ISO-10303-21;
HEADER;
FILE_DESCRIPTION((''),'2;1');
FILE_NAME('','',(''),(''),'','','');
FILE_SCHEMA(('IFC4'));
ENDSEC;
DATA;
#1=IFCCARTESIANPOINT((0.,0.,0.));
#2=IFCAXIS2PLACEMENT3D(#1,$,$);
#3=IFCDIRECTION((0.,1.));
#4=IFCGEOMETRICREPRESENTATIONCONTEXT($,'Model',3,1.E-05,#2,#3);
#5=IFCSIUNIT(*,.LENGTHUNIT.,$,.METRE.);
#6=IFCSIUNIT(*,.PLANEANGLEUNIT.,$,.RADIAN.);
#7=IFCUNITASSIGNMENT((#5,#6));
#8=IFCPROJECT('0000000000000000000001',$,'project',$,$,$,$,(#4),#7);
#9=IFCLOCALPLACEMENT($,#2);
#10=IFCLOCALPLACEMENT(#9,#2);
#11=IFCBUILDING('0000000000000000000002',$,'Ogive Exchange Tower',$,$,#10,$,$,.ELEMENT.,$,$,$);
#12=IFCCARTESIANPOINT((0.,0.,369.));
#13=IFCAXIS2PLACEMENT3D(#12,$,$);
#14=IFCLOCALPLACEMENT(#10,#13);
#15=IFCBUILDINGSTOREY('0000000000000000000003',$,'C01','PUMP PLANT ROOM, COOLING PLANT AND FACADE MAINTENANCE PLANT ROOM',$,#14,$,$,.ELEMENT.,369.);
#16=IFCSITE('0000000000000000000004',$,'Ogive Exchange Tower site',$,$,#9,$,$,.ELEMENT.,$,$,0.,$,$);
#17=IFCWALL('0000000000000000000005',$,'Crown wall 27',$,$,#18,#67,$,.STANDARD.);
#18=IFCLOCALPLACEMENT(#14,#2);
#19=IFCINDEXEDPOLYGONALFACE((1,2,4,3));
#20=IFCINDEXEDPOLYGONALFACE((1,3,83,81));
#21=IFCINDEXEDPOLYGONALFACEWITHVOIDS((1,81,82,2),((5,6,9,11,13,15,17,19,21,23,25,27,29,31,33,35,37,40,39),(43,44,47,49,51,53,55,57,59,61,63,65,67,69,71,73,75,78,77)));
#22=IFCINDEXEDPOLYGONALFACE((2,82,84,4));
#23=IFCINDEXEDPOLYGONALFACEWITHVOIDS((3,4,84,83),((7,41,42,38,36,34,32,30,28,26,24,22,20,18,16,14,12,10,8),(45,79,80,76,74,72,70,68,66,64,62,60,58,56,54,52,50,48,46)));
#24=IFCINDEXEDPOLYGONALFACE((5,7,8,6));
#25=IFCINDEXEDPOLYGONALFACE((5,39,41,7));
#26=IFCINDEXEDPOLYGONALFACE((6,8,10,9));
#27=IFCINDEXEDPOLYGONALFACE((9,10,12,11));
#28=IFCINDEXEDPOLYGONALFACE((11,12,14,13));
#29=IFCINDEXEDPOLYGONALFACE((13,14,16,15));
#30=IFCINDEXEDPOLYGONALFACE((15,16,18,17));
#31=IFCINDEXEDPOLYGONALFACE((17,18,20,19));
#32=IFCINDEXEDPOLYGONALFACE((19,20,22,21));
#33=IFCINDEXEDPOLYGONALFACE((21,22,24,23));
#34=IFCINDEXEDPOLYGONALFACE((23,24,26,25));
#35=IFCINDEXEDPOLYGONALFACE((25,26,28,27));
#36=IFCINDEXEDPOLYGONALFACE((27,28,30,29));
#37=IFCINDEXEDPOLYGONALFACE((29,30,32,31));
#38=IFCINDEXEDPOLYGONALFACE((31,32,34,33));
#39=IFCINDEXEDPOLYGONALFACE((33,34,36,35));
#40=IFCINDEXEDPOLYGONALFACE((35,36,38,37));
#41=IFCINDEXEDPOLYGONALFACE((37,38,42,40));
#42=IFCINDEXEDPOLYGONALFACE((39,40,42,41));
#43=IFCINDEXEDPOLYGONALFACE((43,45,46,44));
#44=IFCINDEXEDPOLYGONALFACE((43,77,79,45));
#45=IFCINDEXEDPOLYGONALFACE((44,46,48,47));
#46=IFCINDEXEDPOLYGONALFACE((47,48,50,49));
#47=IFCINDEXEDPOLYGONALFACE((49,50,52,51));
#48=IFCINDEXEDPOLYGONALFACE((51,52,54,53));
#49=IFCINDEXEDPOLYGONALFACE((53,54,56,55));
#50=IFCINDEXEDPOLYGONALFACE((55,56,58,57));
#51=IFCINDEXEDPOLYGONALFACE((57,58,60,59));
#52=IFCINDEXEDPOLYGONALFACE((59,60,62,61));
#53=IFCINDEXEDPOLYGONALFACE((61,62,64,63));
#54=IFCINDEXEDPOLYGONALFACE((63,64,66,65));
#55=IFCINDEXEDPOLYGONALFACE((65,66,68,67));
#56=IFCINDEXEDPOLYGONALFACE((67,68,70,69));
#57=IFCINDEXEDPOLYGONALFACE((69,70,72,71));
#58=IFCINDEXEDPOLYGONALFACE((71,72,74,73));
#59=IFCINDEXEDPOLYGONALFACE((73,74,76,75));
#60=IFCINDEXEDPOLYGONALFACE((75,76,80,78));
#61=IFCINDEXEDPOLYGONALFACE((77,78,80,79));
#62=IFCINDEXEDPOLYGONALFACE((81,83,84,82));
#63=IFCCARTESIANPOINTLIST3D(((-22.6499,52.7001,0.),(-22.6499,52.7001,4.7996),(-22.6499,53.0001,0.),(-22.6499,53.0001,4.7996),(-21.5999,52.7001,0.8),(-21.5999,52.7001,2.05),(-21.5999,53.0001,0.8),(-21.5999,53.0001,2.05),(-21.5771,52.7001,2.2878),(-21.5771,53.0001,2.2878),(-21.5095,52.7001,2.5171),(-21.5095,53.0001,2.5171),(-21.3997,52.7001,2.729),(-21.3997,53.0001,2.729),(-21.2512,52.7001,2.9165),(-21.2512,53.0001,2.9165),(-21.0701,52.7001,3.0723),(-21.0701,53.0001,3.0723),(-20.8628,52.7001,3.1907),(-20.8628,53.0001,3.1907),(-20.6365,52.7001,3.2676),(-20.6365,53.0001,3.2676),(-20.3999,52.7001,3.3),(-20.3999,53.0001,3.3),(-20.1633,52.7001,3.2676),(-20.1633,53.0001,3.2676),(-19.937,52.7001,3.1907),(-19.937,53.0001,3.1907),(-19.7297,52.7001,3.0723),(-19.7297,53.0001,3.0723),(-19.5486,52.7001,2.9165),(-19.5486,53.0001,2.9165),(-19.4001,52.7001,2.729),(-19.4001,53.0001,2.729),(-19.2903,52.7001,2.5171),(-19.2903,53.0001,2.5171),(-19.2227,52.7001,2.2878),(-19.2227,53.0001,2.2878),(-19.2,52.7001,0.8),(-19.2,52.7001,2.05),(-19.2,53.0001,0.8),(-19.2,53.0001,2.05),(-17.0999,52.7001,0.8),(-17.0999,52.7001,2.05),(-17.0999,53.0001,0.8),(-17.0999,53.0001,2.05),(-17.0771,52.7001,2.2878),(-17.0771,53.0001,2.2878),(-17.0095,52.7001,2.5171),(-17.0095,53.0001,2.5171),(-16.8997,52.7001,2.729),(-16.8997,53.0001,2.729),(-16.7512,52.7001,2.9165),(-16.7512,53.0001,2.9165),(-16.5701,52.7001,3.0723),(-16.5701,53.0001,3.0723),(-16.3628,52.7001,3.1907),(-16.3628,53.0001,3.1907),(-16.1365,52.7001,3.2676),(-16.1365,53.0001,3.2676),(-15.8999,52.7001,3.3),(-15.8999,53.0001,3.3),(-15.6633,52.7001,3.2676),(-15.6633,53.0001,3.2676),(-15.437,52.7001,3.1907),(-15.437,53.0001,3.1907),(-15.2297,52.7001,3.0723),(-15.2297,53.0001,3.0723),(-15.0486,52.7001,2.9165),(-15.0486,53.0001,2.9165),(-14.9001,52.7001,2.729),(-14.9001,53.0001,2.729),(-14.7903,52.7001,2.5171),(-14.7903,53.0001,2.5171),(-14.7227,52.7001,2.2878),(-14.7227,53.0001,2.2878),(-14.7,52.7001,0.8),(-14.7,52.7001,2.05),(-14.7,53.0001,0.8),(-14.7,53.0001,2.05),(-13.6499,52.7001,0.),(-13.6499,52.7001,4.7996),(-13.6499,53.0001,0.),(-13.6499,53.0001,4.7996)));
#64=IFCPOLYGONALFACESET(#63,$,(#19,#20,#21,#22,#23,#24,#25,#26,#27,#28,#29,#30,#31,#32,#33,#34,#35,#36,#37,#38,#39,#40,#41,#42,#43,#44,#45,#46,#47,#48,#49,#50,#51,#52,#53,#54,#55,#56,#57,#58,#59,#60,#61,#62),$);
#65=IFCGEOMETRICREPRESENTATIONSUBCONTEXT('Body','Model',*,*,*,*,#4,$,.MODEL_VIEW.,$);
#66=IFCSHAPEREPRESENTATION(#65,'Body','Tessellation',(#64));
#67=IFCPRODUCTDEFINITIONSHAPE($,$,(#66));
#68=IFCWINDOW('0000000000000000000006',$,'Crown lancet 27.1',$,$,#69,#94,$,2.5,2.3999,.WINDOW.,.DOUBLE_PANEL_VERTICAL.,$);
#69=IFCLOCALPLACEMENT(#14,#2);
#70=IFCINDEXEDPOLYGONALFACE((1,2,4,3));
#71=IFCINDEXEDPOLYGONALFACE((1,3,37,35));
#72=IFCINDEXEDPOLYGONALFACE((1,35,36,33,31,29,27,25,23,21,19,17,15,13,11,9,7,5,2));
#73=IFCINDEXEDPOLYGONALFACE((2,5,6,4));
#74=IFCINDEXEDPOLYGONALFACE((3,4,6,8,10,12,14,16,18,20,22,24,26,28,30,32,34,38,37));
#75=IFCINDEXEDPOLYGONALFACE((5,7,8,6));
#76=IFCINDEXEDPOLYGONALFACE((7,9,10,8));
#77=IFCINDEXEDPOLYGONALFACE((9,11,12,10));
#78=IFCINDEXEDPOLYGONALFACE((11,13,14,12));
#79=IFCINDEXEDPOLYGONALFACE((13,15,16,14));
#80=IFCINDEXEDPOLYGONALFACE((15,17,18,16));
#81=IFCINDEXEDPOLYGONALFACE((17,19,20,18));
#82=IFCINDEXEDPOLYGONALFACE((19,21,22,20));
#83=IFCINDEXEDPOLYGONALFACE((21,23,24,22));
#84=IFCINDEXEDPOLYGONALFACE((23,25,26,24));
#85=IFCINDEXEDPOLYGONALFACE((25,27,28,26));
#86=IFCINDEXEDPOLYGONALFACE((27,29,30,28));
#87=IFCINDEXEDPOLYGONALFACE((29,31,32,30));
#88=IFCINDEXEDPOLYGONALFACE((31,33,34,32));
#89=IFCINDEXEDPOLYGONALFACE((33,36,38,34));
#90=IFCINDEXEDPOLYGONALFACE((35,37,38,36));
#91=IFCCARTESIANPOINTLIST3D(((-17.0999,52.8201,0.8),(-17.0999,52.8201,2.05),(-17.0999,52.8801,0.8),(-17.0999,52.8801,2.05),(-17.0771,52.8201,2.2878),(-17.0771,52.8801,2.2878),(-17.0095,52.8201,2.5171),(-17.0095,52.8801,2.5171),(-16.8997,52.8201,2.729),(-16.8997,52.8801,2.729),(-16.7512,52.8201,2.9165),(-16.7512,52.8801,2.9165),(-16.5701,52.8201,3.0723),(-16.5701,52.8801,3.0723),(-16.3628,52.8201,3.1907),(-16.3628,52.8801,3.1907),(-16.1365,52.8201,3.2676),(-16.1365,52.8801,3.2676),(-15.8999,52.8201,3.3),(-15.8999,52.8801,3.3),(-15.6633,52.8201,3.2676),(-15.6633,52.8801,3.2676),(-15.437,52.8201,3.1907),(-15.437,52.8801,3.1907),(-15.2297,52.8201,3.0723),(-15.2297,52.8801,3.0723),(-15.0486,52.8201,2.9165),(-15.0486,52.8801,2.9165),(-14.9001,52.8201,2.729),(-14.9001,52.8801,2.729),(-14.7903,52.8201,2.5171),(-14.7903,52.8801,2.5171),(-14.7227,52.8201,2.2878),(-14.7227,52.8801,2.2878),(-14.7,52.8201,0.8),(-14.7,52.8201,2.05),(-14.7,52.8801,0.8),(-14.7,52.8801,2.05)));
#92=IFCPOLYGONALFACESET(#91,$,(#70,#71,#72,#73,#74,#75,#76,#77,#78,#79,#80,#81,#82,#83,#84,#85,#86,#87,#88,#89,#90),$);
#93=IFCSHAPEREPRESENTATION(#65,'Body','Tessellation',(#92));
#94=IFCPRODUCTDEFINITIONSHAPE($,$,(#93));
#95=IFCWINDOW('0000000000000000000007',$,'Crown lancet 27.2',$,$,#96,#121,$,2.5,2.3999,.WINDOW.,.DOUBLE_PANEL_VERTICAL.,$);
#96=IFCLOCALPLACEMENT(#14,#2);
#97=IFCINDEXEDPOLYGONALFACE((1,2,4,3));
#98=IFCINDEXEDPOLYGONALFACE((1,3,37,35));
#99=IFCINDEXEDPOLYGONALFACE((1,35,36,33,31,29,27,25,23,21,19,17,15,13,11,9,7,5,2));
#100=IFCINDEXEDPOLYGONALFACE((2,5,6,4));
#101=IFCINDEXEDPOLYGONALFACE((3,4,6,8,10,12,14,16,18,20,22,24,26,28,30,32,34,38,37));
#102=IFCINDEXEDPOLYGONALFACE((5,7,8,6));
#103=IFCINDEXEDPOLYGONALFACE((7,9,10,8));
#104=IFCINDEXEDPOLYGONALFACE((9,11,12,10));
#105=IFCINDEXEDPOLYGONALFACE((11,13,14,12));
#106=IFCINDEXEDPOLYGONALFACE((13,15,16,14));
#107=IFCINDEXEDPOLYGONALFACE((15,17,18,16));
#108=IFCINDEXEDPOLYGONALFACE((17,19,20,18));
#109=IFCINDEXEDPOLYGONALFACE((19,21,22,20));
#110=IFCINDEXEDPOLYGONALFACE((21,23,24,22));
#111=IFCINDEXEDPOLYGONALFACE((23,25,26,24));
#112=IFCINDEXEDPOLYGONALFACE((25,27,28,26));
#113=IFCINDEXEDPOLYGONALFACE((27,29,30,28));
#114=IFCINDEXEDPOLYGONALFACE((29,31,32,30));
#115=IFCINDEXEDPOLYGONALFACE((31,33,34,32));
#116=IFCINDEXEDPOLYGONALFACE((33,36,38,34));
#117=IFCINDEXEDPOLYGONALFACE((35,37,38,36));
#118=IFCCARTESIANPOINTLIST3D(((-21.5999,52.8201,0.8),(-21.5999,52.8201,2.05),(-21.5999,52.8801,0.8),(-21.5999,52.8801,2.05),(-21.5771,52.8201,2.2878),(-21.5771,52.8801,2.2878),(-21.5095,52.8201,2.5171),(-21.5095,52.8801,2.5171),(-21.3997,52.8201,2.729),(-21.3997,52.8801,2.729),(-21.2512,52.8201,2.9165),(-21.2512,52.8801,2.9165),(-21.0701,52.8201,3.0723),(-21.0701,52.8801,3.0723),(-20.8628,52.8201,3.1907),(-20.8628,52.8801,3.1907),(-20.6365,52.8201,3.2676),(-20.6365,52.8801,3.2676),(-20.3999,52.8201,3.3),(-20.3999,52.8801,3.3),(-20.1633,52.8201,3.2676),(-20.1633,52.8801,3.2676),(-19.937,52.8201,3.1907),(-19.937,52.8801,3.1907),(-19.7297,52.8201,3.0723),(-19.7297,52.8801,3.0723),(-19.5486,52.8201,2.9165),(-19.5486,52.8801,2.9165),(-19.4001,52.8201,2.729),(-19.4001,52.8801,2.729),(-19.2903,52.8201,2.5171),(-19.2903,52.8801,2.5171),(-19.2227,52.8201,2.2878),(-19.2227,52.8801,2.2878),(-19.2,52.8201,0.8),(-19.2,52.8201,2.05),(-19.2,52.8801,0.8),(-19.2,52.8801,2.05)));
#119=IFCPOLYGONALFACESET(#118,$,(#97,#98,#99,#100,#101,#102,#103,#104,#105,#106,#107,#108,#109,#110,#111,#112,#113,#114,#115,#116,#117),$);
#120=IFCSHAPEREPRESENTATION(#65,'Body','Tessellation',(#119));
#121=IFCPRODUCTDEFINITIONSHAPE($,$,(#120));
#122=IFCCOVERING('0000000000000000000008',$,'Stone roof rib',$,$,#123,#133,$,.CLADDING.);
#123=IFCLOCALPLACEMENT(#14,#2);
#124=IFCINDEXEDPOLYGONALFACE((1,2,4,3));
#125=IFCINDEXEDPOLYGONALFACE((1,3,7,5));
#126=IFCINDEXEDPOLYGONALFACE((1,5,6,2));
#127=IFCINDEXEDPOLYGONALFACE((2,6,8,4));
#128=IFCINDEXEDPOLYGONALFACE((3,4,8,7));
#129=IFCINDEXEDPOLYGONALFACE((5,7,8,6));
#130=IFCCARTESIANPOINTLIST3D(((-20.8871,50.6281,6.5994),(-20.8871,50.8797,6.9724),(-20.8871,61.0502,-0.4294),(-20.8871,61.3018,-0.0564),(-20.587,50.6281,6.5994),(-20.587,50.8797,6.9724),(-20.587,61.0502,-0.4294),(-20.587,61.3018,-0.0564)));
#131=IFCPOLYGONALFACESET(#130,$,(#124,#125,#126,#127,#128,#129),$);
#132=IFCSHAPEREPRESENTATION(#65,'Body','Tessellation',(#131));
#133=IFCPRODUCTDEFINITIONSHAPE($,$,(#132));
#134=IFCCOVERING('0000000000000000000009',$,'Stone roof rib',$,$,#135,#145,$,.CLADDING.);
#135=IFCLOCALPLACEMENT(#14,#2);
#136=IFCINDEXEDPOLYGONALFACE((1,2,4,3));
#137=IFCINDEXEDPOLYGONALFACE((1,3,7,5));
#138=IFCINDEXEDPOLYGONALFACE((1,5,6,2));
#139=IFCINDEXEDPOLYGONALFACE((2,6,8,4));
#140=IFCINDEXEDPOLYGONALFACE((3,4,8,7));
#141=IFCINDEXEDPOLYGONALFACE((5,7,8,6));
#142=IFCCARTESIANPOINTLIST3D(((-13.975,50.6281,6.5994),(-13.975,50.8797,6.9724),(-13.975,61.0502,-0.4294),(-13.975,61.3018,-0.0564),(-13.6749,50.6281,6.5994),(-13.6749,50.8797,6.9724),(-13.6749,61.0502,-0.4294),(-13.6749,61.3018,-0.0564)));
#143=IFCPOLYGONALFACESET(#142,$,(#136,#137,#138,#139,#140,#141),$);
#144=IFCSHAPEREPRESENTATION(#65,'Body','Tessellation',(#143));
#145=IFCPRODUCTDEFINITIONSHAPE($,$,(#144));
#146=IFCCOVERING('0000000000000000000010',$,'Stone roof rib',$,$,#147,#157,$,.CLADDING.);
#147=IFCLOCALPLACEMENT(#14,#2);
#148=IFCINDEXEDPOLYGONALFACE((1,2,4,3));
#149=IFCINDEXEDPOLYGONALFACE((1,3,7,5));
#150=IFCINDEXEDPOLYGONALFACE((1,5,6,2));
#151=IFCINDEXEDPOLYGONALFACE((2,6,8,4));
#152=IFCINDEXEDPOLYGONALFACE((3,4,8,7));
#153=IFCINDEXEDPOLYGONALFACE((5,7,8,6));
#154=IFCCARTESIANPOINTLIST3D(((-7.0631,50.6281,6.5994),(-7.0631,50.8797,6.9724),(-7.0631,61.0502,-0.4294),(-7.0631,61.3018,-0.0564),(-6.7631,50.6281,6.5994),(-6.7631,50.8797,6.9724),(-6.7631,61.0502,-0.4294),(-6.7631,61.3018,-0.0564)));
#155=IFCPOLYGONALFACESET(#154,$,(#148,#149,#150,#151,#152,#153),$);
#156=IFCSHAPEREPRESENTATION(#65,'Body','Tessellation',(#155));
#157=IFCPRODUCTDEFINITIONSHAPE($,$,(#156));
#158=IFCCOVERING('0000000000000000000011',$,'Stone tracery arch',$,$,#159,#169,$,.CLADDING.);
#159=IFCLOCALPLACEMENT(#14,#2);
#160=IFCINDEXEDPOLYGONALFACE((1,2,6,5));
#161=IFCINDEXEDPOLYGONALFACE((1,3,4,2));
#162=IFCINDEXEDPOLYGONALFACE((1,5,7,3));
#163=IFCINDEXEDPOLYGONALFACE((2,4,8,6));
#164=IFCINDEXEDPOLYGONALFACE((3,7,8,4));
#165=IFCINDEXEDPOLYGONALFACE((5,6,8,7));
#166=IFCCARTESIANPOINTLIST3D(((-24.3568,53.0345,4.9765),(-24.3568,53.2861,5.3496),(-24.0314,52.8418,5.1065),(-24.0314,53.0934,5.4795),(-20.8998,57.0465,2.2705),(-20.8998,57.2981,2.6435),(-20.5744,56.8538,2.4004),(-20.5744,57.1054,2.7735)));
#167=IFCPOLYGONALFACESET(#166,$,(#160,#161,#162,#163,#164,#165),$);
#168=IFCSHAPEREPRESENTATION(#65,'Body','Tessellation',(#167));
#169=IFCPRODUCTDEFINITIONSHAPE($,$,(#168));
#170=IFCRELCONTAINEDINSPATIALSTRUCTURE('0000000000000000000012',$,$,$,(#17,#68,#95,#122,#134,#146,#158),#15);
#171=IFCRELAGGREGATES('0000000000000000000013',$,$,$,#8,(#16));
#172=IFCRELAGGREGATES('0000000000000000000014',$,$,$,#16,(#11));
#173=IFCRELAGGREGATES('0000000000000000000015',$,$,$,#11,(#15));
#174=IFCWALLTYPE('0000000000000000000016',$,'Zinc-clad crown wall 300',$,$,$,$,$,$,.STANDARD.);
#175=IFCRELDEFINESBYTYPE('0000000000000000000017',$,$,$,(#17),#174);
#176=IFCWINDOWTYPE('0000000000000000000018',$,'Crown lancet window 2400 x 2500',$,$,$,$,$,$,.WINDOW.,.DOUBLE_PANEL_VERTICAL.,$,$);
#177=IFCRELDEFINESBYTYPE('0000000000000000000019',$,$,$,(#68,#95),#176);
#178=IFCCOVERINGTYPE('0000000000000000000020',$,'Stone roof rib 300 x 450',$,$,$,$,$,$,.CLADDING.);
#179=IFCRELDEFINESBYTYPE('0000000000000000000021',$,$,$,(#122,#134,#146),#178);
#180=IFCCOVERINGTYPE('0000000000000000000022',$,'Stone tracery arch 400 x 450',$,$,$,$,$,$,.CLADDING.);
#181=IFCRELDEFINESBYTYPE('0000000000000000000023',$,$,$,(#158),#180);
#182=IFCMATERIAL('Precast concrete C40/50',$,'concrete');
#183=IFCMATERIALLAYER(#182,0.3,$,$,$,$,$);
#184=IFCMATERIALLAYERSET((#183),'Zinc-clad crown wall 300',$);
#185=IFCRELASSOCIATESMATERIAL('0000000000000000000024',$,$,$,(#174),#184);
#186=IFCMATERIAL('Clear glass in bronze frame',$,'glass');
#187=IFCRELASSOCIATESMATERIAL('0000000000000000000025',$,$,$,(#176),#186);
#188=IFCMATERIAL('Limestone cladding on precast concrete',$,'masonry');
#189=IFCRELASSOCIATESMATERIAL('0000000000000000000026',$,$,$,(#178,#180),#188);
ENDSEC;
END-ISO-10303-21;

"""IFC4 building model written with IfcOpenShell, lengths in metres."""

from ifc_helpers import new_model, si_unit, direction, frame, frame_2d, origin, origin_2d, place, context, subcontext, project, spatial, polyline, rectangle, outline, extrude, material, layer, layer_set, material_profile, profile_set, type_object, element, fill, save


model = new_model("IFC4")

# Units and contexts
model_context = context("Model", 3, precision=1e-05, world=origin(), true_north=direction((0.0, 1.0)))
body_context = subcontext(model_context, "Body", "Model", "MODEL_VIEW")
ifc_project = project(units=[si_unit("LENGTHUNIT", "METRE"), si_unit("PLANEANGLEUNIT", "RADIAN")], contexts=[model_context])

# Site, building, storey
site_placement = place(None, origin())
site = spatial("IfcSite", under=ifc_project, at=site_placement, Name="Ogive Exchange Tower site", CompositionType="ELEMENT", RefElevation=0.0)
building_placement = place(site_placement, origin())
building = spatial("IfcBuilding", under=site, at=building_placement, Name="Ogive Exchange Tower", CompositionType="ELEMENT")
storey_placement = place(building_placement, frame((0.0, 0.0, 369.0)))
storey = spatial("IfcBuildingStorey", under=building, at=storey_placement, Name="C01", Description="PUMP PLANT ROOM, COOLING PLANT AND FACADE MAINTENANCE PLANT ROOM", CompositionType="ELEMENT", Elevation=369.0)

# Wall, openings, windows
ifc_material_1 = material(Name="Precast concrete C40/50", Category="concrete")
ifc_layer_1 = layer(ifc_material_1, 0.3)
ifc_layer_set_1 = layer_set([ifc_layer_1], Name="Zinc-clad crown wall 300")
wall_type_1 = type_object("IfcWallType", Name="Zinc-clad crown wall 300", PredefinedType="STANDARD", material=ifc_layer_set_1)
ifc_material_2 = material(Name="Clear glass in bronze frame", Category="glass")
window_type = type_object("IfcWindowType", Name="Crown lancet window 2400 x 2500", PartitioningType="DOUBLE_PANEL_VERTICAL", PredefinedType="WINDOW", material=ifc_material_2)
wall_1_placement = place(storey_placement, frame((-13.6499, 52.8501, 0.0), z_axis=(0.0, 0.0, 1.0), x_axis=(-1.0, 0.0, 0.0)))
wall_1 = element("IfcWall", 1, at=wall_1_placement, inside=storey, type_object=wall_type_1, Name="Crown wall 27", PredefinedType="STANDARD", context=body_context, shape_type="SweptSolid", body=[
    extrude(rectangle(XDim=9.0, YDim=0.3, at=frame_2d((4.5, 0.0))), origin(), (0.0, 0.0, 1.0), 4.7996),
])
opening_1_placement = place(wall_1_placement, frame((1.05, 0.0, 0.8)))
opening_1 = element("IfcOpeningElement", 2, at=opening_1_placement, cuts=wall_1, PredefinedType="OPENING", context=body_context, shape_type="SweptSolid", body=[
    extrude(outline(polyline([(0.0, 0.0), (2.3999, 0.0), (2.3999, 1.25), (2.3772, 1.4878), (2.3096, 1.717), (2.1997, 1.929), (2.0513, 2.1165), (1.8701, 2.2722), (1.6628, 2.3906), (1.4365, 2.4675), (1.2, 2.5), (0.9634, 2.4675), (0.7371, 2.3906), (0.5298, 2.2722), (0.3486, 2.1165), (0.2002, 1.929), (0.0903, 1.717), (0.0227, 1.4878), (0.0, 1.25), (0.0, 0.0)])), frame((0.0, 0.1599, 0.0), z_axis=(0.0, -1.0, 0.0), x_axis=(1.0, 0.0, 0.0)), (0.0, 0.0, 1.0), 0.3201),
])
opening_2_placement = place(wall_1_placement, frame((5.55, 0.0, 0.8)))
opening_2 = element("IfcOpeningElement", 3, at=opening_2_placement, cuts=wall_1, PredefinedType="OPENING", context=body_context, shape_type="SweptSolid", body=[
    extrude(outline(polyline([(0.0, 0.0), (2.3999, 0.0), (2.3999, 1.25), (2.3772, 1.4878), (2.3096, 1.717), (2.1997, 1.929), (2.0513, 2.1165), (1.8701, 2.2722), (1.6628, 2.3906), (1.4365, 2.4675), (1.2, 2.5), (0.9634, 2.4675), (0.7371, 2.3906), (0.5298, 2.2722), (0.3486, 2.1165), (0.2002, 1.929), (0.0903, 1.717), (0.0227, 1.4878), (0.0, 1.25), (0.0, 0.0)])), frame((0.0, 0.1599, 0.0), z_axis=(0.0, -1.0, 0.0), x_axis=(1.0, 0.0, 0.0)), (0.0, 0.0, 1.0), 0.3201),
])
window_1_placement = place(opening_1_placement, origin())
window_1 = element("IfcWindow", 4, at=window_1_placement, inside=storey, type_object=window_type, Name="Crown lancet 27.1", OverallHeight=2.5, OverallWidth=2.3999, PartitioningType="DOUBLE_PANEL_VERTICAL", PredefinedType="WINDOW", context=body_context, shape_type="SweptSolid", body=[
    extrude(outline(polyline([(0.0, 0.0), (2.3999, 0.0), (2.3999, 1.25), (2.3772, 1.4878), (2.3096, 1.717), (2.1997, 1.929), (2.0513, 2.1165), (1.8701, 2.2722), (1.6628, 2.3906), (1.4365, 2.4675), (1.2, 2.5), (0.9634, 2.4675), (0.7371, 2.3906), (0.5298, 2.2722), (0.3486, 2.1165), (0.2002, 1.929), (0.0903, 1.717), (0.0227, 1.4878), (0.0, 1.25), (0.0, 0.0)])), frame((0.0, 0.03, 0.0), z_axis=(0.0, -1.0, 0.0), x_axis=(1.0, 0.0, 0.0)), (0.0, 0.0, 1.0), 0.0601),
])
fill(opening_1, window_1)
window_2_placement = place(opening_2_placement, origin())
window_2 = element("IfcWindow", 5, at=window_2_placement, inside=storey, type_object=window_type, Name="Crown lancet 27.2", OverallHeight=2.5, OverallWidth=2.3999, PartitioningType="DOUBLE_PANEL_VERTICAL", PredefinedType="WINDOW", context=body_context, shape_type="SweptSolid", body=[
    extrude(outline(polyline([(0.0, 0.0), (2.3999, 0.0), (2.3999, 1.25), (2.3772, 1.4878), (2.3096, 1.717), (2.1997, 1.929), (2.0513, 2.1165), (1.8701, 2.2722), (1.6628, 2.3906), (1.4365, 2.4675), (1.2, 2.5), (0.9634, 2.4675), (0.7371, 2.3906), (0.5298, 2.2722), (0.3486, 2.1165), (0.2002, 1.929), (0.0903, 1.717), (0.0227, 1.4878), (0.0, 1.25), (0.0, 0.0)])), frame((0.0, 0.03, 0.0), z_axis=(0.0, -1.0, 0.0), x_axis=(1.0, 0.0, 0.0)), (0.0, 0.0, 1.0), 0.0601),
])
fill(opening_2, window_2)

# Coverings
ifc_material_3 = material(Name="Limestone cladding on precast concrete", Category="masonry")
ifc_material_profile_1 = material_profile(ifc_material_3, rectangle(XDim=0.3, YDim=0.45, at=origin_2d()), Name="RIB 300 x 450")
ifc_profile_set_1 = profile_set([ifc_material_profile_1], Name="Limestone cladding on precast concrete")
covering_type_1 = type_object("IfcCoveringType", Name="Stone roof rib 300 x 450", PredefinedType="CLADDING", material=ifc_profile_set_1)
for number, where, z_axis, x_axis, name in (
    (6, (-20.7371, 61.176, -0.2429), (0.0, -0.829074, 0.559138), (1.0, 0.0, 0.0), "Stone roof rib"),
    (7, (-13.825, 61.176, -0.2429), (0.0, -0.829074, 0.559138), (1.0, 0.0, 0.0), "Stone roof rib"),
    (8, (-6.9131, 61.176, -0.2429), (0.0, -0.829074, 0.559138), (1.0, 0.0, 0.0), "Stone roof rib"),
):
    element("IfcCovering", number, at=place(storey_placement, frame(where, z_axis=z_axis, x_axis=x_axis)), inside=storey, type_object=covering_type_1, Name=name, PredefinedType="CLADDING", context=body_context, shape_type="SweptSolid", body=[
        extrude(rectangle(XDim=0.3, YDim=0.45, at=origin_2d()), origin(), (0.0, 0.0, 1.0), 12.5708),
    ])
ifc_material_profile_2 = material_profile(ifc_material_3, rectangle(XDim=0.3999, YDim=0.45, at=origin_2d()), Name="TRACERY 400 x 450")
ifc_profile_set_2 = profile_set([ifc_material_profile_2], Name="Limestone cladding on precast concrete")
covering_type_2 = type_object("IfcCoveringType", Name="Stone tracery arch 400 x 450", PredefinedType="CLADDING", material=ifc_profile_set_2)
covering_1_placement = place(storey_placement, frame((-20.7371, 57.0759, 2.522), z_axis=(-0.581283, -0.674593, 0.45501), x_axis=(0.813701, -0.481926, 0.325019)))
element("IfcCovering", 9, at=covering_1_placement, inside=storey, type_object=covering_type_2, Name="Stone tracery arch", PredefinedType="CLADDING", context=body_context, shape_type="SweptSolid", body=[
    extrude(rectangle(XDim=0.3999, YDim=0.45, at=origin_2d()), origin(), (0.0, 0.0, 1.0), 5.9473),
])

save(model, "model.ifc")
